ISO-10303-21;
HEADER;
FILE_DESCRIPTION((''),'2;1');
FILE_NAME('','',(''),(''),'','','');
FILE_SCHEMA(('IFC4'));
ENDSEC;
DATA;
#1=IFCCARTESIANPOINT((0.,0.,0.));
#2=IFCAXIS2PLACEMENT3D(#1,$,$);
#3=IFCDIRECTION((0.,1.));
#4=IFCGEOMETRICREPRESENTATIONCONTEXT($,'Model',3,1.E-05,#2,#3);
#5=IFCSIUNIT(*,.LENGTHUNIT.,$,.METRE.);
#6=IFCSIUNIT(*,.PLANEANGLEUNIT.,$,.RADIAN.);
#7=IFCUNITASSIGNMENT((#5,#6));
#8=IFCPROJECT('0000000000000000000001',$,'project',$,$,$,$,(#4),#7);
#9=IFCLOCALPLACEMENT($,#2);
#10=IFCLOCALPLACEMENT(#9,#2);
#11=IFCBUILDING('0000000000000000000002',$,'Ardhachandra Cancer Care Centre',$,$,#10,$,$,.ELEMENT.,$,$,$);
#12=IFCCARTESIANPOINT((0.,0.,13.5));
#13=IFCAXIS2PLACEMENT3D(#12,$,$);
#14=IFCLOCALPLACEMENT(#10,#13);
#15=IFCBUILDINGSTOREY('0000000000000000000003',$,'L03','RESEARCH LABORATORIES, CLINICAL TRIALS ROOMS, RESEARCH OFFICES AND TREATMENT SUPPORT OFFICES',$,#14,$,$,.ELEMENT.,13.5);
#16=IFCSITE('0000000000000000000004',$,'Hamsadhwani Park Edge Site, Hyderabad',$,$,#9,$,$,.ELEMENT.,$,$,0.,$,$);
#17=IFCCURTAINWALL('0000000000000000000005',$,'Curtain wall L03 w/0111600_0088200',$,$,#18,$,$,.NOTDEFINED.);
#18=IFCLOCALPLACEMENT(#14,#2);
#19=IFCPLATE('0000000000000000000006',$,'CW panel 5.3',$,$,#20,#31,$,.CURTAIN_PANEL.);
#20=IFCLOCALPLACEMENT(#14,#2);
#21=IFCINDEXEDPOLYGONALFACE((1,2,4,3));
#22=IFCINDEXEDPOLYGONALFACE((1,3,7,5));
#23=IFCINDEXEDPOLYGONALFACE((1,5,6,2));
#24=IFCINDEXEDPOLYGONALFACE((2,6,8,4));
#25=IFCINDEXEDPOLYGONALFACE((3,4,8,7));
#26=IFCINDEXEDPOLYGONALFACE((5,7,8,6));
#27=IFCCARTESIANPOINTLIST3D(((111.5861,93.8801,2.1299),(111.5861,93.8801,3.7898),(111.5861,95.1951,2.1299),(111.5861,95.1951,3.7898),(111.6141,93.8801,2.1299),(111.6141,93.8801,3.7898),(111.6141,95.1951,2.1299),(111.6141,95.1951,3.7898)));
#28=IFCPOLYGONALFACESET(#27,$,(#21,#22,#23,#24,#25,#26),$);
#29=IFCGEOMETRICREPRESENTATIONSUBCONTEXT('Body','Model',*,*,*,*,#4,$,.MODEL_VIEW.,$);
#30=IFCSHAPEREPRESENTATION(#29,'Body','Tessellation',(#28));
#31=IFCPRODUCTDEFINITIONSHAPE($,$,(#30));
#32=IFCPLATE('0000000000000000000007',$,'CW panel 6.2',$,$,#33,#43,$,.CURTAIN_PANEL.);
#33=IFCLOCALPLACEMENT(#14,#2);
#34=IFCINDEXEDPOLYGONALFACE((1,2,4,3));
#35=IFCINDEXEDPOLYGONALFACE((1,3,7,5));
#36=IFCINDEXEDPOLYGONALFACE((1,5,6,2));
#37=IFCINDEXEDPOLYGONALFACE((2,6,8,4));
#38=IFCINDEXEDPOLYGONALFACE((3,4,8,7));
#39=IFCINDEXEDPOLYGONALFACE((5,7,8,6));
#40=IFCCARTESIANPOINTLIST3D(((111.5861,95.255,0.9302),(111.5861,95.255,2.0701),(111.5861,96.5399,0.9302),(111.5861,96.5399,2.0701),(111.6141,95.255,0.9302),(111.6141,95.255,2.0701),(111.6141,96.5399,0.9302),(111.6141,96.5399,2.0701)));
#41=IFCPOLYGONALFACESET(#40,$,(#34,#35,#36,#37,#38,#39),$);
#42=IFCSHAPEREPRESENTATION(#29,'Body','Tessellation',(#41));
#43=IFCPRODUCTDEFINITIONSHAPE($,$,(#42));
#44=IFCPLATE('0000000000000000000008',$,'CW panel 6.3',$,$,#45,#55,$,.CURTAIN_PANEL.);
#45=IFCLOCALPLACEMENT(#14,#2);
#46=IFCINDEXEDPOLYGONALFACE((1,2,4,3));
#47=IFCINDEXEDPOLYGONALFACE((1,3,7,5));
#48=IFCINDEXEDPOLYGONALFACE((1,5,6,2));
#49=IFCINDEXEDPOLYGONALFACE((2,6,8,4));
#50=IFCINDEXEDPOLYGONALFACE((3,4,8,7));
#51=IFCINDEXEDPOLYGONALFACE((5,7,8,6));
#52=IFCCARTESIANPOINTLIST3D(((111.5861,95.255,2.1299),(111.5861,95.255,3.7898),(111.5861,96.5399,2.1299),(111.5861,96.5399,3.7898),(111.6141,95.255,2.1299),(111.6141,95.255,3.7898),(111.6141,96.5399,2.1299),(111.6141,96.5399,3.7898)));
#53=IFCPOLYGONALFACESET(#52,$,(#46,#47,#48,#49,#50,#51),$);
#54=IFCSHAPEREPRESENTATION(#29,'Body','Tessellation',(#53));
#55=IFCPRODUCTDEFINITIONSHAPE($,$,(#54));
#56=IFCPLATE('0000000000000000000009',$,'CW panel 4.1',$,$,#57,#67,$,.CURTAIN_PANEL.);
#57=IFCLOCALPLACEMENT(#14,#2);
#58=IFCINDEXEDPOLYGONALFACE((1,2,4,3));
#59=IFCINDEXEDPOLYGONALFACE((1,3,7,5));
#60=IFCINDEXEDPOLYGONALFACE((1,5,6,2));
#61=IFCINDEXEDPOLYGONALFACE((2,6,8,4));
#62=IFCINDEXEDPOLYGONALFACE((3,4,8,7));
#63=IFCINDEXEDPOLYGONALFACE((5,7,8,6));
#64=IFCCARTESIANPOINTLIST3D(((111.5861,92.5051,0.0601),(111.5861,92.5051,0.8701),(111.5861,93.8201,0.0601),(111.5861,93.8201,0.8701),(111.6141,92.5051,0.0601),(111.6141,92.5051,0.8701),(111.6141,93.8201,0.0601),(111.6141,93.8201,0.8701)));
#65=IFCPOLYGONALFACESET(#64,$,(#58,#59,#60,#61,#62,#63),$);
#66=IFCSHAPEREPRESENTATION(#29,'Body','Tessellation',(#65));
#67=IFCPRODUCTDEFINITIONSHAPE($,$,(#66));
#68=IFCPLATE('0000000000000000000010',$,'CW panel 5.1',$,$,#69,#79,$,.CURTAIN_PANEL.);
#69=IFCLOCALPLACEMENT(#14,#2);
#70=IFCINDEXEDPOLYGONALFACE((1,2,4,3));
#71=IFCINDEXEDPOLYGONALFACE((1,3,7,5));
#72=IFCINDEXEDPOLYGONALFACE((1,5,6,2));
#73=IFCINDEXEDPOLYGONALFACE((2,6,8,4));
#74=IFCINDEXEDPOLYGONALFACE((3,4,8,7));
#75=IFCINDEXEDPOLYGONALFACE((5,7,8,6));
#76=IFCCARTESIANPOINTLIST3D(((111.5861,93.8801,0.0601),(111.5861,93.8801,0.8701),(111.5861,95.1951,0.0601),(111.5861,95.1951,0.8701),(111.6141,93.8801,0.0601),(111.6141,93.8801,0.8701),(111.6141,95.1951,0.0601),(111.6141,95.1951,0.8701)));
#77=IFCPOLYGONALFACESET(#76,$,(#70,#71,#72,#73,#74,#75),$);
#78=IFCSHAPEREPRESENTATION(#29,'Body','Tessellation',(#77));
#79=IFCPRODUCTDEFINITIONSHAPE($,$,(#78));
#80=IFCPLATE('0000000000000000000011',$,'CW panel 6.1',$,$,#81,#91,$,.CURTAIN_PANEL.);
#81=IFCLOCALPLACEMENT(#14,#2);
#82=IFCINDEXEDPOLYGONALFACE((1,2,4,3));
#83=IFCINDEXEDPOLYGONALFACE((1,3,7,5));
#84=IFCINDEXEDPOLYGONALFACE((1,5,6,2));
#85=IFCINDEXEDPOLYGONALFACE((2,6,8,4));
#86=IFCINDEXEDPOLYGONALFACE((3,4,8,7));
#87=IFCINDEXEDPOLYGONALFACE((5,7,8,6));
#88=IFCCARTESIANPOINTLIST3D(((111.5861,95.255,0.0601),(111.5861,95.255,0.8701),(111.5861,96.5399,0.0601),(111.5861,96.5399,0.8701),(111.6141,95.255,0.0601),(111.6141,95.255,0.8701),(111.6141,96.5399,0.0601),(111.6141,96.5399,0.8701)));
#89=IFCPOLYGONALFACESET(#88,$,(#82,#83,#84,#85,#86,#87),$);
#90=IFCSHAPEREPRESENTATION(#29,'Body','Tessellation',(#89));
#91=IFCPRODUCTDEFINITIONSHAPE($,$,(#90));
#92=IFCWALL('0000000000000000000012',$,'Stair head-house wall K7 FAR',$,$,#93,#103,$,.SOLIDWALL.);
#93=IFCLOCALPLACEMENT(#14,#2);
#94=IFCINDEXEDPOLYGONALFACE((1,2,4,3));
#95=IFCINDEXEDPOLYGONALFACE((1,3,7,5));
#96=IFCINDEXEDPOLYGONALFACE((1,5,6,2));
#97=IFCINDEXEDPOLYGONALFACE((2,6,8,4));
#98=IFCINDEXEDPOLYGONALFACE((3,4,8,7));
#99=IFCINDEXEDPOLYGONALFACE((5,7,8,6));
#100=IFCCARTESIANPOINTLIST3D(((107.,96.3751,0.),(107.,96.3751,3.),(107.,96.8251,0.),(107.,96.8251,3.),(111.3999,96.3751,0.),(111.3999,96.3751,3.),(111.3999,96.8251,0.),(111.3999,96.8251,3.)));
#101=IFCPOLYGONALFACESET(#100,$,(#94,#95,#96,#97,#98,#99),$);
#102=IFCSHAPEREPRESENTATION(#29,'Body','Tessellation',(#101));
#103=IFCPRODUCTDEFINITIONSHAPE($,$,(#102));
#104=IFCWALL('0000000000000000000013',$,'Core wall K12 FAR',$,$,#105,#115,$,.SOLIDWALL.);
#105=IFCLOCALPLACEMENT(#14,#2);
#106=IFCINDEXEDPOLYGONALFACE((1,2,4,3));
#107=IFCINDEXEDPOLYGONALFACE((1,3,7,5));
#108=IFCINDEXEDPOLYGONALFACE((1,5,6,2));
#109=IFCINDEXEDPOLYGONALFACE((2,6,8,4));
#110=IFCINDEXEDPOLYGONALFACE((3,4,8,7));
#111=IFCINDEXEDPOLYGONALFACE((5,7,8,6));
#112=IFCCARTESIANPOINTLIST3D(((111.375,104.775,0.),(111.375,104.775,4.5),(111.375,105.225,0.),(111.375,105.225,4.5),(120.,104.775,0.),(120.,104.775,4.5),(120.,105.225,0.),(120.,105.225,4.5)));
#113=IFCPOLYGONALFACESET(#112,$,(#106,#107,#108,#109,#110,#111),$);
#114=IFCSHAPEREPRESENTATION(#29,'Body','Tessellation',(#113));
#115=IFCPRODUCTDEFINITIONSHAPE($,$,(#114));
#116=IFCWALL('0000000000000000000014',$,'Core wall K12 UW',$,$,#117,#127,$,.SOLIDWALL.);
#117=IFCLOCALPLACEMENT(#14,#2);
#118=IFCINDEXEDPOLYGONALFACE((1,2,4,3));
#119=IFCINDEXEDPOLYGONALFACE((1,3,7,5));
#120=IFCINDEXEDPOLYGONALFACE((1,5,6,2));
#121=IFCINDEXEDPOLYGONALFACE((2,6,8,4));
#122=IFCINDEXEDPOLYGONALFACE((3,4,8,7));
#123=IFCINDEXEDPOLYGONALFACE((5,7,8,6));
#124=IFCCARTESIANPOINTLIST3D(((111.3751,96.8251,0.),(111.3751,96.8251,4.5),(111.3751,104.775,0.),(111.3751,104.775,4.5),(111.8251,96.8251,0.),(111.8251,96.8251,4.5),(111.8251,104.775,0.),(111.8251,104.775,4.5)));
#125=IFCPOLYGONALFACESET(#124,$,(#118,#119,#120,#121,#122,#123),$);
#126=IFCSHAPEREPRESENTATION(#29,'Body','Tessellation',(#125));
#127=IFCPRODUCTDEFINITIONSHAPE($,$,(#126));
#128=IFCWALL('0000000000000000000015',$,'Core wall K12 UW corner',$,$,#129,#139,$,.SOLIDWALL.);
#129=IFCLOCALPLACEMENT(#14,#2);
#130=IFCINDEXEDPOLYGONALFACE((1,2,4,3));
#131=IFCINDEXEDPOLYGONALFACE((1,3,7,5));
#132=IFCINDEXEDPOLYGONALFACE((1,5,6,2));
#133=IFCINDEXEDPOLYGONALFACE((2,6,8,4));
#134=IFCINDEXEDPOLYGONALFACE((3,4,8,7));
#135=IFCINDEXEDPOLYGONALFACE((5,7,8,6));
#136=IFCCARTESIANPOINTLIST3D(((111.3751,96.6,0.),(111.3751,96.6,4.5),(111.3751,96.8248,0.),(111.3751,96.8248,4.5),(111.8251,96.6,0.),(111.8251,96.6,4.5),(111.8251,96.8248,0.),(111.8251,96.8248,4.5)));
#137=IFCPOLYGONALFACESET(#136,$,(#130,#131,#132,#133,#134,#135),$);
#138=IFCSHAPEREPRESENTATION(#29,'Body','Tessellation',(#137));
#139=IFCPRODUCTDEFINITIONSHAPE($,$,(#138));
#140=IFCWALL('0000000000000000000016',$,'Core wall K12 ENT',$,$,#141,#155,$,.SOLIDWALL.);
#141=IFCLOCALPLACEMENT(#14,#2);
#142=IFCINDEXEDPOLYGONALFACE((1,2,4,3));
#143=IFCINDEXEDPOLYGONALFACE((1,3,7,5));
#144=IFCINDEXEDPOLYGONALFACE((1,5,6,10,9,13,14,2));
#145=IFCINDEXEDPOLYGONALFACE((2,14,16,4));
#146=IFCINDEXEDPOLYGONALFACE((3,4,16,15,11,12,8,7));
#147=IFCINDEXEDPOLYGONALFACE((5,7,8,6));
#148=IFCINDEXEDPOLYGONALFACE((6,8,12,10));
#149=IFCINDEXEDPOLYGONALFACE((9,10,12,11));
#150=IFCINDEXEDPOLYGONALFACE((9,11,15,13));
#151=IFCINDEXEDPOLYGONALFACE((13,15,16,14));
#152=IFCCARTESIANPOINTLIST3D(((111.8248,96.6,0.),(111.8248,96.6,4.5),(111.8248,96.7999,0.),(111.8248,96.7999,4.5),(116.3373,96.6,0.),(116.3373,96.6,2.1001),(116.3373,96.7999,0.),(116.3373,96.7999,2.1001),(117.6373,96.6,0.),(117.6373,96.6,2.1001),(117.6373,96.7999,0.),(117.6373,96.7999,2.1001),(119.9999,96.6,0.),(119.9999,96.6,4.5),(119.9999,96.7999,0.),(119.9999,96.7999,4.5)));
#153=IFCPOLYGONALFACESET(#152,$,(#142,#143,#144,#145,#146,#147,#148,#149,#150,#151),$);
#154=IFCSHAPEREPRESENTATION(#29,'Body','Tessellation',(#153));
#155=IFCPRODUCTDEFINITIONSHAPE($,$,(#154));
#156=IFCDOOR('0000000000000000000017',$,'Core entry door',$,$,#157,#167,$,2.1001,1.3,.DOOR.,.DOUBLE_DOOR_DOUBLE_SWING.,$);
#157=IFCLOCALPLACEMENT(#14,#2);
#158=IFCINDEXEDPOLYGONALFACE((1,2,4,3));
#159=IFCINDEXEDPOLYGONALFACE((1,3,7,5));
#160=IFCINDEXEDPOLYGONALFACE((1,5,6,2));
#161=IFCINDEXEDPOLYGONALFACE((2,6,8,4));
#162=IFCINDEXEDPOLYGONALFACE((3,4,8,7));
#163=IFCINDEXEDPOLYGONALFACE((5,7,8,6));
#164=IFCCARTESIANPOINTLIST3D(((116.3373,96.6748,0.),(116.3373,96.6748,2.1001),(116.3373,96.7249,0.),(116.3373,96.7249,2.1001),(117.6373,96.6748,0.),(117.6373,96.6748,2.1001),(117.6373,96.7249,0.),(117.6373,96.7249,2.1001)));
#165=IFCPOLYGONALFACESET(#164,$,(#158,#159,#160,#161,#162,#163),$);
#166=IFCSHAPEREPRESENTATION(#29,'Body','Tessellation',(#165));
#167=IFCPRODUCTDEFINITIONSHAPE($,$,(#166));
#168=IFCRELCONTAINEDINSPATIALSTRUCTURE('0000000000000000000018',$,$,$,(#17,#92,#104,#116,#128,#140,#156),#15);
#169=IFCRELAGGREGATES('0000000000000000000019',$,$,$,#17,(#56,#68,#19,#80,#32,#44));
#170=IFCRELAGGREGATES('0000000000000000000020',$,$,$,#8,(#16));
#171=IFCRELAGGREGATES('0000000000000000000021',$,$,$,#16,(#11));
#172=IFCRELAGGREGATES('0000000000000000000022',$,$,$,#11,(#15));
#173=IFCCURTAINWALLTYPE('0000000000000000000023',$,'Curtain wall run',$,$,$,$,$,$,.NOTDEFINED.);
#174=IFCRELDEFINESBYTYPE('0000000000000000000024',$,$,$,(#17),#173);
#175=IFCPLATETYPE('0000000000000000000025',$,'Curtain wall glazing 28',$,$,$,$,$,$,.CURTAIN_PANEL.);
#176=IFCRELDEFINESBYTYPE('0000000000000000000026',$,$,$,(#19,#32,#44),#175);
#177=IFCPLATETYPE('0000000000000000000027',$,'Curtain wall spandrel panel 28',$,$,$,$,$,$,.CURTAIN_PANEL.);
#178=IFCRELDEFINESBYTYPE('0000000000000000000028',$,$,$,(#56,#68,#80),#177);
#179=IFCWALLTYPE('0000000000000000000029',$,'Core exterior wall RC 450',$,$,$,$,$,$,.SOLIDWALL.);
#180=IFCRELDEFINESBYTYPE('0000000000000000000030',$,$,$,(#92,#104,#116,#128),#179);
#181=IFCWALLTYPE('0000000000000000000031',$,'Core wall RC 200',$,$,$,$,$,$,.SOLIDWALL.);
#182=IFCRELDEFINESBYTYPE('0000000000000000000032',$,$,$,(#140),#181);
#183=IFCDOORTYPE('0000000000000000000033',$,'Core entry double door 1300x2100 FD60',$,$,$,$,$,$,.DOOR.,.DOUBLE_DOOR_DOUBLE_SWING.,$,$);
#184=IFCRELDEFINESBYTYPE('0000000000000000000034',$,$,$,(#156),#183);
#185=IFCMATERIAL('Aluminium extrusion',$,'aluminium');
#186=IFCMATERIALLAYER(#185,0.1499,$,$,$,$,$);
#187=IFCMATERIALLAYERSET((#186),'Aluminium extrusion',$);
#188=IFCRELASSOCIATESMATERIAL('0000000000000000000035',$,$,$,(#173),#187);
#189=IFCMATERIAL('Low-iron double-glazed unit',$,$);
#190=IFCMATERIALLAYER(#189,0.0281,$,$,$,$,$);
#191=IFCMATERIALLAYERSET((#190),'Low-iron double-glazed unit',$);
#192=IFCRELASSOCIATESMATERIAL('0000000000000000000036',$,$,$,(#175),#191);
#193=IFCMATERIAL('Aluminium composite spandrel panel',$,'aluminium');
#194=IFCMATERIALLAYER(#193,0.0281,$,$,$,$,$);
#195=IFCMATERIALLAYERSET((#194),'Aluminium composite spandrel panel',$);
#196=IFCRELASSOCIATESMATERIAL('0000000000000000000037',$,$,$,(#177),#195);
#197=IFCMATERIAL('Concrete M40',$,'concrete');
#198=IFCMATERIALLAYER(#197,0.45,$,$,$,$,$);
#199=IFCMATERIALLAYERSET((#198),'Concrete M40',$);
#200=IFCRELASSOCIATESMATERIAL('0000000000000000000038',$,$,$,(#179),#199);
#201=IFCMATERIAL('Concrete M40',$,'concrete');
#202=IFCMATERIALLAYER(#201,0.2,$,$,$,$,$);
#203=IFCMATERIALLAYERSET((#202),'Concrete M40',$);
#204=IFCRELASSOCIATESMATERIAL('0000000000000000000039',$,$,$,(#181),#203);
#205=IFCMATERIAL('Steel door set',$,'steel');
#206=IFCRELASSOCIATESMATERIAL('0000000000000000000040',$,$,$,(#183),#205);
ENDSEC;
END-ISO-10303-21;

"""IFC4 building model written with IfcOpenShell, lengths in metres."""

from ifc_helpers import new_model, si_unit, direction, frame, frame_2d, origin, origin_2d, place, context, subcontext, project, spatial, rectangle, extrude, material, layer, layer_set, type_object, element, fill, aggregate, save


model = new_model("IFC4")

# Units and contexts
model_context = context("Model", 3, precision=1e-05, world=origin(), true_north=direction((0.0, 1.0)))
body_context = subcontext(model_context, "Body", "Model", "MODEL_VIEW")
ifc_project = project(units=[si_unit("LENGTHUNIT", "METRE"), si_unit("PLANEANGLEUNIT", "RADIAN")], contexts=[model_context])

# Site, building, storey
site_placement = place(None, origin())
site = spatial("IfcSite", under=ifc_project, at=site_placement, Name="Hamsadhwani Park Edge Site, Hyderabad", CompositionType="ELEMENT", RefElevation=0.0)
building_placement = place(site_placement, origin())
building = spatial("IfcBuilding", under=site, at=building_placement, Name="Ardhachandra Cancer Care Centre", CompositionType="ELEMENT")
storey_placement = place(building_placement, frame((0.0, 0.0, 13.5)))
storey = spatial("IfcBuildingStorey", under=building, at=storey_placement, Name="L03", Description="RESEARCH LABORATORIES, CLINICAL TRIALS ROOMS, RESEARCH OFFICES AND TREATMENT SUPPORT OFFICES", CompositionType="ELEMENT", Elevation=13.5)

# Curtain wall, plates
ifc_material_1 = material(Name="Aluminium extrusion", Category="aluminium")
ifc_layer_1 = layer(ifc_material_1, 0.1499)
ifc_layer_set_1 = layer_set([ifc_layer_1], Name="Aluminium extrusion")
curtain_wall_type = type_object("IfcCurtainWallType", Name="Curtain wall run", PredefinedType="NOTDEFINED", material=ifc_layer_set_1)
curtain_wall_placement = place(storey_placement, origin())
curtain_wall = element("IfcCurtainWall", 1, at=curtain_wall_placement, inside=storey, type_object=curtain_wall_type, Name="Curtain wall L03 w/0111600_0088200", PredefinedType="NOTDEFINED")
ifc_material_2 = material(Name="Low-iron double-glazed unit")
ifc_layer_2 = layer(ifc_material_2, 0.0281)
ifc_layer_set_2 = layer_set([ifc_layer_2], Name="Low-iron double-glazed unit")
plate_type_1 = type_object("IfcPlateType", Name="Curtain wall glazing 28", PredefinedType="CURTAIN_PANEL", material=ifc_layer_set_2)
plate_1_placement = place(storey_placement, frame((111.6001, 94.5376, 2.1299), z_axis=(0.0, 0.0, 1.0), x_axis=(0.0, 1.0, 0.0)))
plate_1 = element("IfcPlate", 2, at=plate_1_placement, type_object=plate_type_1, Name="CW panel 5.3", PredefinedType="CURTAIN_PANEL", context=body_context, shape_type="SweptSolid", body=[
    extrude(rectangle(XDim=1.3149, YDim=0.0281, at=origin_2d()), origin(), (0.0, 0.0, 1.0), 1.6599),
])
plate_2_placement = place(storey_placement, frame((111.6001, 95.8975, 0.9302), z_axis=(0.0, 0.0, 1.0), x_axis=(0.0, 1.0, 0.0)))
plate_2 = element("IfcPlate", 3, at=plate_2_placement, type_object=plate_type_1, Name="CW panel 6.2", PredefinedType="CURTAIN_PANEL", context=body_context, shape_type="SweptSolid", body=[
    extrude(rectangle(XDim=1.2849, YDim=0.0281, at=origin_2d()), origin(), (0.0, 0.0, 1.0), 1.1399),
])
plate_3_placement = place(storey_placement, frame((111.6001, 95.8975, 2.1299), z_axis=(0.0, 0.0, 1.0), x_axis=(0.0, 1.0, 0.0)))
plate_3 = element("IfcPlate", 4, at=plate_3_placement, type_object=plate_type_1, Name="CW panel 6.3", PredefinedType="CURTAIN_PANEL", context=body_context, shape_type="SweptSolid", body=[
    extrude(rectangle(XDim=1.2849, YDim=0.0281, at=origin_2d()), origin(), (0.0, 0.0, 1.0), 1.6599),
])
ifc_material_3 = material(Name="Aluminium composite spandrel panel", Category="aluminium")
ifc_layer_3 = layer(ifc_material_3, 0.0281)
ifc_layer_set_3 = layer_set([ifc_layer_3], Name="Aluminium composite spandrel panel")
plate_type_2 = type_object("IfcPlateType", Name="Curtain wall spandrel panel 28", PredefinedType="CURTAIN_PANEL", material=ifc_layer_set_3)
plate_4_placement = place(storey_placement, frame((111.6001, 93.1626, 0.0601), z_axis=(0.0, 0.0, 1.0), x_axis=(0.0, 1.0, 0.0)))
plate_4 = element("IfcPlate", 5, at=plate_4_placement, type_object=plate_type_2, Name="CW panel 4.1", PredefinedType="CURTAIN_PANEL", context=body_context, shape_type="SweptSolid", body=[
    extrude(rectangle(XDim=1.3149, YDim=0.0281, at=origin_2d()), origin(), (0.0, 0.0, 1.0), 0.8101),
])
plate_5_placement = place(storey_placement, frame((111.6001, 94.5376, 0.0601), z_axis=(0.0, 0.0, 1.0), x_axis=(0.0, 1.0, 0.0)))
plate_5 = element("IfcPlate", 6, at=plate_5_placement, type_object=plate_type_2, Name="CW panel 5.1", PredefinedType="CURTAIN_PANEL", context=body_context, shape_type="SweptSolid", body=[
    extrude(rectangle(XDim=1.3149, YDim=0.0281, at=origin_2d()), origin(), (0.0, 0.0, 1.0), 0.8101),
])
plate_6_placement = place(storey_placement, frame((111.6001, 95.8975, 0.0601), z_axis=(0.0, 0.0, 1.0), x_axis=(0.0, 1.0, 0.0)))
plate_6 = element("IfcPlate", 7, at=plate_6_placement, type_object=plate_type_2, Name="CW panel 6.1", PredefinedType="CURTAIN_PANEL", context=body_context, shape_type="SweptSolid", body=[
    extrude(rectangle(XDim=1.2849, YDim=0.0281, at=origin_2d()), origin(), (0.0, 0.0, 1.0), 0.8101),
])
aggregate(curtain_wall, [plate_4, plate_5, plate_1, plate_6, plate_2, plate_3])

# Walls
ifc_material_4 = material(Name="Concrete M40", Category="concrete")
ifc_layer_4 = layer(ifc_material_4, 0.45)
ifc_layer_set_4 = layer_set([ifc_layer_4], Name="Concrete M40")
wall_type_1 = type_object("IfcWallType", Name="Core exterior wall RC 450", PredefinedType="SOLIDWALL", material=ifc_layer_set_4)
wall_1_placement = place(storey_placement, frame((111.3999, 96.6001, 0.0), z_axis=(0.0, 0.0, 1.0), x_axis=(-1.0, 0.0, 0.0)))
element("IfcWall", 8, at=wall_1_placement, inside=storey, type_object=wall_type_1, Name="Stair head-house wall K7 FAR", PredefinedType="SOLIDWALL", context=body_context, shape_type="SweptSolid", body=[
    extrude(rectangle(XDim=4.3999, YDim=0.45, at=frame_2d((2.2, 0.0))), origin(), (0.0, 0.0, 1.0), 3.0),
])
wall_2_placement = place(storey_placement, frame((111.375, 105.0, 0.0), z_axis=(0.0, 0.0, 1.0), x_axis=(1.0, 0.0, 0.0)))
element("IfcWall", 9, at=wall_2_placement, inside=storey, type_object=wall_type_1, Name="Core wall K12 FAR", PredefinedType="SOLIDWALL", context=body_context, shape_type="SweptSolid", body=[
    extrude(rectangle(XDim=8.625, YDim=0.45, at=frame_2d((4.3125, 0.0))), origin(), (0.0, 0.0, 1.0), 4.5),
])
wall_3_placement = place(storey_placement, frame((111.6001, 96.825, 0.0), z_axis=(0.0, 0.0, 1.0), x_axis=(0.0, 1.0, 0.0)))
element("IfcWall", 10, at=wall_3_placement, inside=storey, type_object=wall_type_1, Name="Core wall K12 UW", PredefinedType="SOLIDWALL", context=body_context, shape_type="SweptSolid", body=[
    extrude(rectangle(XDim=7.95, YDim=0.45, at=frame_2d((3.9751, 0.0))), origin(), (0.0, 0.0, 1.0), 4.5),
])
wall_4_placement = place(storey_placement, frame((111.6001, 96.6001, 0.0), z_axis=(0.0, 0.0, 1.0), x_axis=(0.0, 1.0, 0.0)))
element("IfcWall", 11, at=wall_4_placement, inside=storey, type_object=wall_type_1, Name="Core wall K12 UW corner", PredefinedType="SOLIDWALL", context=body_context, shape_type="SweptSolid", body=[
    extrude(rectangle(XDim=0.2249, YDim=0.45, at=frame_2d((0.1123, 0.0))), origin(), (0.0, 0.0, 1.0), 4.5),
])

# Wall, opening, door
ifc_material_5 = material(Name="Concrete M40", Category="concrete")
ifc_layer_5 = layer(ifc_material_5, 0.2)
ifc_layer_set_5 = layer_set([ifc_layer_5], Name="Concrete M40")
wall_type_2 = type_object("IfcWallType", Name="Core wall RC 200", PredefinedType="SOLIDWALL", material=ifc_layer_set_5)
wall_5_placement = place(storey_placement, frame((111.825, 96.7, 0.0), z_axis=(0.0, 0.0, 1.0), x_axis=(1.0, 0.0, 0.0)))
wall_5 = element("IfcWall", 12, at=wall_5_placement, inside=storey, type_object=wall_type_2, Name="Core wall K12 ENT", PredefinedType="SOLIDWALL", context=body_context, shape_type="SweptSolid", body=[
    extrude(rectangle(XDim=8.175, YDim=0.2, at=frame_2d((4.0874, 0.0))), origin(), (0.0, 0.0, 1.0), 4.5),
])
opening_placement = place(wall_5_placement, frame((4.5125, 0.0, 0.0)))
opening = element("IfcOpeningElement", 13, at=opening_placement, cuts=wall_5, PredefinedType="OPENING", context=body_context, shape_type="SweptSolid", body=[
    extrude(rectangle(XDim=1.3, YDim=2.1001, at=frame_2d((0.6499, 1.05))), frame((0.0, 0.1099, 0.0), z_axis=(0.0, -1.0, 0.0), x_axis=(1.0, 0.0, 0.0)), (0.0, 0.0, 1.0), 0.22),
])
ifc_material_6 = material(Name="Steel door set", Category="steel")
door_type = type_object("IfcDoorType", Name="Core entry double door 1300x2100 FD60", OperationType="DOUBLE_DOOR_DOUBLE_SWING", PredefinedType="DOOR", material=ifc_material_6)
door_placement = place(opening_placement, origin())
door = element("IfcDoor", 14, at=door_placement, inside=storey, type_object=door_type, Name="Core entry door", OperationType="DOUBLE_DOOR_DOUBLE_SWING", OverallHeight=2.1001, OverallWidth=1.3, PredefinedType="DOOR", context=body_context, shape_type="SweptSolid", body=[
    extrude(rectangle(XDim=1.3, YDim=2.1001, at=frame_2d((0.6499, 1.05))), frame((0.0, 0.0249, 0.0), z_axis=(0.0, -1.0, 0.0), x_axis=(1.0, 0.0, 0.0)), (0.0, 0.0, 1.0), 0.05),
])
fill(opening, door)

save(model, "model.ifc")
